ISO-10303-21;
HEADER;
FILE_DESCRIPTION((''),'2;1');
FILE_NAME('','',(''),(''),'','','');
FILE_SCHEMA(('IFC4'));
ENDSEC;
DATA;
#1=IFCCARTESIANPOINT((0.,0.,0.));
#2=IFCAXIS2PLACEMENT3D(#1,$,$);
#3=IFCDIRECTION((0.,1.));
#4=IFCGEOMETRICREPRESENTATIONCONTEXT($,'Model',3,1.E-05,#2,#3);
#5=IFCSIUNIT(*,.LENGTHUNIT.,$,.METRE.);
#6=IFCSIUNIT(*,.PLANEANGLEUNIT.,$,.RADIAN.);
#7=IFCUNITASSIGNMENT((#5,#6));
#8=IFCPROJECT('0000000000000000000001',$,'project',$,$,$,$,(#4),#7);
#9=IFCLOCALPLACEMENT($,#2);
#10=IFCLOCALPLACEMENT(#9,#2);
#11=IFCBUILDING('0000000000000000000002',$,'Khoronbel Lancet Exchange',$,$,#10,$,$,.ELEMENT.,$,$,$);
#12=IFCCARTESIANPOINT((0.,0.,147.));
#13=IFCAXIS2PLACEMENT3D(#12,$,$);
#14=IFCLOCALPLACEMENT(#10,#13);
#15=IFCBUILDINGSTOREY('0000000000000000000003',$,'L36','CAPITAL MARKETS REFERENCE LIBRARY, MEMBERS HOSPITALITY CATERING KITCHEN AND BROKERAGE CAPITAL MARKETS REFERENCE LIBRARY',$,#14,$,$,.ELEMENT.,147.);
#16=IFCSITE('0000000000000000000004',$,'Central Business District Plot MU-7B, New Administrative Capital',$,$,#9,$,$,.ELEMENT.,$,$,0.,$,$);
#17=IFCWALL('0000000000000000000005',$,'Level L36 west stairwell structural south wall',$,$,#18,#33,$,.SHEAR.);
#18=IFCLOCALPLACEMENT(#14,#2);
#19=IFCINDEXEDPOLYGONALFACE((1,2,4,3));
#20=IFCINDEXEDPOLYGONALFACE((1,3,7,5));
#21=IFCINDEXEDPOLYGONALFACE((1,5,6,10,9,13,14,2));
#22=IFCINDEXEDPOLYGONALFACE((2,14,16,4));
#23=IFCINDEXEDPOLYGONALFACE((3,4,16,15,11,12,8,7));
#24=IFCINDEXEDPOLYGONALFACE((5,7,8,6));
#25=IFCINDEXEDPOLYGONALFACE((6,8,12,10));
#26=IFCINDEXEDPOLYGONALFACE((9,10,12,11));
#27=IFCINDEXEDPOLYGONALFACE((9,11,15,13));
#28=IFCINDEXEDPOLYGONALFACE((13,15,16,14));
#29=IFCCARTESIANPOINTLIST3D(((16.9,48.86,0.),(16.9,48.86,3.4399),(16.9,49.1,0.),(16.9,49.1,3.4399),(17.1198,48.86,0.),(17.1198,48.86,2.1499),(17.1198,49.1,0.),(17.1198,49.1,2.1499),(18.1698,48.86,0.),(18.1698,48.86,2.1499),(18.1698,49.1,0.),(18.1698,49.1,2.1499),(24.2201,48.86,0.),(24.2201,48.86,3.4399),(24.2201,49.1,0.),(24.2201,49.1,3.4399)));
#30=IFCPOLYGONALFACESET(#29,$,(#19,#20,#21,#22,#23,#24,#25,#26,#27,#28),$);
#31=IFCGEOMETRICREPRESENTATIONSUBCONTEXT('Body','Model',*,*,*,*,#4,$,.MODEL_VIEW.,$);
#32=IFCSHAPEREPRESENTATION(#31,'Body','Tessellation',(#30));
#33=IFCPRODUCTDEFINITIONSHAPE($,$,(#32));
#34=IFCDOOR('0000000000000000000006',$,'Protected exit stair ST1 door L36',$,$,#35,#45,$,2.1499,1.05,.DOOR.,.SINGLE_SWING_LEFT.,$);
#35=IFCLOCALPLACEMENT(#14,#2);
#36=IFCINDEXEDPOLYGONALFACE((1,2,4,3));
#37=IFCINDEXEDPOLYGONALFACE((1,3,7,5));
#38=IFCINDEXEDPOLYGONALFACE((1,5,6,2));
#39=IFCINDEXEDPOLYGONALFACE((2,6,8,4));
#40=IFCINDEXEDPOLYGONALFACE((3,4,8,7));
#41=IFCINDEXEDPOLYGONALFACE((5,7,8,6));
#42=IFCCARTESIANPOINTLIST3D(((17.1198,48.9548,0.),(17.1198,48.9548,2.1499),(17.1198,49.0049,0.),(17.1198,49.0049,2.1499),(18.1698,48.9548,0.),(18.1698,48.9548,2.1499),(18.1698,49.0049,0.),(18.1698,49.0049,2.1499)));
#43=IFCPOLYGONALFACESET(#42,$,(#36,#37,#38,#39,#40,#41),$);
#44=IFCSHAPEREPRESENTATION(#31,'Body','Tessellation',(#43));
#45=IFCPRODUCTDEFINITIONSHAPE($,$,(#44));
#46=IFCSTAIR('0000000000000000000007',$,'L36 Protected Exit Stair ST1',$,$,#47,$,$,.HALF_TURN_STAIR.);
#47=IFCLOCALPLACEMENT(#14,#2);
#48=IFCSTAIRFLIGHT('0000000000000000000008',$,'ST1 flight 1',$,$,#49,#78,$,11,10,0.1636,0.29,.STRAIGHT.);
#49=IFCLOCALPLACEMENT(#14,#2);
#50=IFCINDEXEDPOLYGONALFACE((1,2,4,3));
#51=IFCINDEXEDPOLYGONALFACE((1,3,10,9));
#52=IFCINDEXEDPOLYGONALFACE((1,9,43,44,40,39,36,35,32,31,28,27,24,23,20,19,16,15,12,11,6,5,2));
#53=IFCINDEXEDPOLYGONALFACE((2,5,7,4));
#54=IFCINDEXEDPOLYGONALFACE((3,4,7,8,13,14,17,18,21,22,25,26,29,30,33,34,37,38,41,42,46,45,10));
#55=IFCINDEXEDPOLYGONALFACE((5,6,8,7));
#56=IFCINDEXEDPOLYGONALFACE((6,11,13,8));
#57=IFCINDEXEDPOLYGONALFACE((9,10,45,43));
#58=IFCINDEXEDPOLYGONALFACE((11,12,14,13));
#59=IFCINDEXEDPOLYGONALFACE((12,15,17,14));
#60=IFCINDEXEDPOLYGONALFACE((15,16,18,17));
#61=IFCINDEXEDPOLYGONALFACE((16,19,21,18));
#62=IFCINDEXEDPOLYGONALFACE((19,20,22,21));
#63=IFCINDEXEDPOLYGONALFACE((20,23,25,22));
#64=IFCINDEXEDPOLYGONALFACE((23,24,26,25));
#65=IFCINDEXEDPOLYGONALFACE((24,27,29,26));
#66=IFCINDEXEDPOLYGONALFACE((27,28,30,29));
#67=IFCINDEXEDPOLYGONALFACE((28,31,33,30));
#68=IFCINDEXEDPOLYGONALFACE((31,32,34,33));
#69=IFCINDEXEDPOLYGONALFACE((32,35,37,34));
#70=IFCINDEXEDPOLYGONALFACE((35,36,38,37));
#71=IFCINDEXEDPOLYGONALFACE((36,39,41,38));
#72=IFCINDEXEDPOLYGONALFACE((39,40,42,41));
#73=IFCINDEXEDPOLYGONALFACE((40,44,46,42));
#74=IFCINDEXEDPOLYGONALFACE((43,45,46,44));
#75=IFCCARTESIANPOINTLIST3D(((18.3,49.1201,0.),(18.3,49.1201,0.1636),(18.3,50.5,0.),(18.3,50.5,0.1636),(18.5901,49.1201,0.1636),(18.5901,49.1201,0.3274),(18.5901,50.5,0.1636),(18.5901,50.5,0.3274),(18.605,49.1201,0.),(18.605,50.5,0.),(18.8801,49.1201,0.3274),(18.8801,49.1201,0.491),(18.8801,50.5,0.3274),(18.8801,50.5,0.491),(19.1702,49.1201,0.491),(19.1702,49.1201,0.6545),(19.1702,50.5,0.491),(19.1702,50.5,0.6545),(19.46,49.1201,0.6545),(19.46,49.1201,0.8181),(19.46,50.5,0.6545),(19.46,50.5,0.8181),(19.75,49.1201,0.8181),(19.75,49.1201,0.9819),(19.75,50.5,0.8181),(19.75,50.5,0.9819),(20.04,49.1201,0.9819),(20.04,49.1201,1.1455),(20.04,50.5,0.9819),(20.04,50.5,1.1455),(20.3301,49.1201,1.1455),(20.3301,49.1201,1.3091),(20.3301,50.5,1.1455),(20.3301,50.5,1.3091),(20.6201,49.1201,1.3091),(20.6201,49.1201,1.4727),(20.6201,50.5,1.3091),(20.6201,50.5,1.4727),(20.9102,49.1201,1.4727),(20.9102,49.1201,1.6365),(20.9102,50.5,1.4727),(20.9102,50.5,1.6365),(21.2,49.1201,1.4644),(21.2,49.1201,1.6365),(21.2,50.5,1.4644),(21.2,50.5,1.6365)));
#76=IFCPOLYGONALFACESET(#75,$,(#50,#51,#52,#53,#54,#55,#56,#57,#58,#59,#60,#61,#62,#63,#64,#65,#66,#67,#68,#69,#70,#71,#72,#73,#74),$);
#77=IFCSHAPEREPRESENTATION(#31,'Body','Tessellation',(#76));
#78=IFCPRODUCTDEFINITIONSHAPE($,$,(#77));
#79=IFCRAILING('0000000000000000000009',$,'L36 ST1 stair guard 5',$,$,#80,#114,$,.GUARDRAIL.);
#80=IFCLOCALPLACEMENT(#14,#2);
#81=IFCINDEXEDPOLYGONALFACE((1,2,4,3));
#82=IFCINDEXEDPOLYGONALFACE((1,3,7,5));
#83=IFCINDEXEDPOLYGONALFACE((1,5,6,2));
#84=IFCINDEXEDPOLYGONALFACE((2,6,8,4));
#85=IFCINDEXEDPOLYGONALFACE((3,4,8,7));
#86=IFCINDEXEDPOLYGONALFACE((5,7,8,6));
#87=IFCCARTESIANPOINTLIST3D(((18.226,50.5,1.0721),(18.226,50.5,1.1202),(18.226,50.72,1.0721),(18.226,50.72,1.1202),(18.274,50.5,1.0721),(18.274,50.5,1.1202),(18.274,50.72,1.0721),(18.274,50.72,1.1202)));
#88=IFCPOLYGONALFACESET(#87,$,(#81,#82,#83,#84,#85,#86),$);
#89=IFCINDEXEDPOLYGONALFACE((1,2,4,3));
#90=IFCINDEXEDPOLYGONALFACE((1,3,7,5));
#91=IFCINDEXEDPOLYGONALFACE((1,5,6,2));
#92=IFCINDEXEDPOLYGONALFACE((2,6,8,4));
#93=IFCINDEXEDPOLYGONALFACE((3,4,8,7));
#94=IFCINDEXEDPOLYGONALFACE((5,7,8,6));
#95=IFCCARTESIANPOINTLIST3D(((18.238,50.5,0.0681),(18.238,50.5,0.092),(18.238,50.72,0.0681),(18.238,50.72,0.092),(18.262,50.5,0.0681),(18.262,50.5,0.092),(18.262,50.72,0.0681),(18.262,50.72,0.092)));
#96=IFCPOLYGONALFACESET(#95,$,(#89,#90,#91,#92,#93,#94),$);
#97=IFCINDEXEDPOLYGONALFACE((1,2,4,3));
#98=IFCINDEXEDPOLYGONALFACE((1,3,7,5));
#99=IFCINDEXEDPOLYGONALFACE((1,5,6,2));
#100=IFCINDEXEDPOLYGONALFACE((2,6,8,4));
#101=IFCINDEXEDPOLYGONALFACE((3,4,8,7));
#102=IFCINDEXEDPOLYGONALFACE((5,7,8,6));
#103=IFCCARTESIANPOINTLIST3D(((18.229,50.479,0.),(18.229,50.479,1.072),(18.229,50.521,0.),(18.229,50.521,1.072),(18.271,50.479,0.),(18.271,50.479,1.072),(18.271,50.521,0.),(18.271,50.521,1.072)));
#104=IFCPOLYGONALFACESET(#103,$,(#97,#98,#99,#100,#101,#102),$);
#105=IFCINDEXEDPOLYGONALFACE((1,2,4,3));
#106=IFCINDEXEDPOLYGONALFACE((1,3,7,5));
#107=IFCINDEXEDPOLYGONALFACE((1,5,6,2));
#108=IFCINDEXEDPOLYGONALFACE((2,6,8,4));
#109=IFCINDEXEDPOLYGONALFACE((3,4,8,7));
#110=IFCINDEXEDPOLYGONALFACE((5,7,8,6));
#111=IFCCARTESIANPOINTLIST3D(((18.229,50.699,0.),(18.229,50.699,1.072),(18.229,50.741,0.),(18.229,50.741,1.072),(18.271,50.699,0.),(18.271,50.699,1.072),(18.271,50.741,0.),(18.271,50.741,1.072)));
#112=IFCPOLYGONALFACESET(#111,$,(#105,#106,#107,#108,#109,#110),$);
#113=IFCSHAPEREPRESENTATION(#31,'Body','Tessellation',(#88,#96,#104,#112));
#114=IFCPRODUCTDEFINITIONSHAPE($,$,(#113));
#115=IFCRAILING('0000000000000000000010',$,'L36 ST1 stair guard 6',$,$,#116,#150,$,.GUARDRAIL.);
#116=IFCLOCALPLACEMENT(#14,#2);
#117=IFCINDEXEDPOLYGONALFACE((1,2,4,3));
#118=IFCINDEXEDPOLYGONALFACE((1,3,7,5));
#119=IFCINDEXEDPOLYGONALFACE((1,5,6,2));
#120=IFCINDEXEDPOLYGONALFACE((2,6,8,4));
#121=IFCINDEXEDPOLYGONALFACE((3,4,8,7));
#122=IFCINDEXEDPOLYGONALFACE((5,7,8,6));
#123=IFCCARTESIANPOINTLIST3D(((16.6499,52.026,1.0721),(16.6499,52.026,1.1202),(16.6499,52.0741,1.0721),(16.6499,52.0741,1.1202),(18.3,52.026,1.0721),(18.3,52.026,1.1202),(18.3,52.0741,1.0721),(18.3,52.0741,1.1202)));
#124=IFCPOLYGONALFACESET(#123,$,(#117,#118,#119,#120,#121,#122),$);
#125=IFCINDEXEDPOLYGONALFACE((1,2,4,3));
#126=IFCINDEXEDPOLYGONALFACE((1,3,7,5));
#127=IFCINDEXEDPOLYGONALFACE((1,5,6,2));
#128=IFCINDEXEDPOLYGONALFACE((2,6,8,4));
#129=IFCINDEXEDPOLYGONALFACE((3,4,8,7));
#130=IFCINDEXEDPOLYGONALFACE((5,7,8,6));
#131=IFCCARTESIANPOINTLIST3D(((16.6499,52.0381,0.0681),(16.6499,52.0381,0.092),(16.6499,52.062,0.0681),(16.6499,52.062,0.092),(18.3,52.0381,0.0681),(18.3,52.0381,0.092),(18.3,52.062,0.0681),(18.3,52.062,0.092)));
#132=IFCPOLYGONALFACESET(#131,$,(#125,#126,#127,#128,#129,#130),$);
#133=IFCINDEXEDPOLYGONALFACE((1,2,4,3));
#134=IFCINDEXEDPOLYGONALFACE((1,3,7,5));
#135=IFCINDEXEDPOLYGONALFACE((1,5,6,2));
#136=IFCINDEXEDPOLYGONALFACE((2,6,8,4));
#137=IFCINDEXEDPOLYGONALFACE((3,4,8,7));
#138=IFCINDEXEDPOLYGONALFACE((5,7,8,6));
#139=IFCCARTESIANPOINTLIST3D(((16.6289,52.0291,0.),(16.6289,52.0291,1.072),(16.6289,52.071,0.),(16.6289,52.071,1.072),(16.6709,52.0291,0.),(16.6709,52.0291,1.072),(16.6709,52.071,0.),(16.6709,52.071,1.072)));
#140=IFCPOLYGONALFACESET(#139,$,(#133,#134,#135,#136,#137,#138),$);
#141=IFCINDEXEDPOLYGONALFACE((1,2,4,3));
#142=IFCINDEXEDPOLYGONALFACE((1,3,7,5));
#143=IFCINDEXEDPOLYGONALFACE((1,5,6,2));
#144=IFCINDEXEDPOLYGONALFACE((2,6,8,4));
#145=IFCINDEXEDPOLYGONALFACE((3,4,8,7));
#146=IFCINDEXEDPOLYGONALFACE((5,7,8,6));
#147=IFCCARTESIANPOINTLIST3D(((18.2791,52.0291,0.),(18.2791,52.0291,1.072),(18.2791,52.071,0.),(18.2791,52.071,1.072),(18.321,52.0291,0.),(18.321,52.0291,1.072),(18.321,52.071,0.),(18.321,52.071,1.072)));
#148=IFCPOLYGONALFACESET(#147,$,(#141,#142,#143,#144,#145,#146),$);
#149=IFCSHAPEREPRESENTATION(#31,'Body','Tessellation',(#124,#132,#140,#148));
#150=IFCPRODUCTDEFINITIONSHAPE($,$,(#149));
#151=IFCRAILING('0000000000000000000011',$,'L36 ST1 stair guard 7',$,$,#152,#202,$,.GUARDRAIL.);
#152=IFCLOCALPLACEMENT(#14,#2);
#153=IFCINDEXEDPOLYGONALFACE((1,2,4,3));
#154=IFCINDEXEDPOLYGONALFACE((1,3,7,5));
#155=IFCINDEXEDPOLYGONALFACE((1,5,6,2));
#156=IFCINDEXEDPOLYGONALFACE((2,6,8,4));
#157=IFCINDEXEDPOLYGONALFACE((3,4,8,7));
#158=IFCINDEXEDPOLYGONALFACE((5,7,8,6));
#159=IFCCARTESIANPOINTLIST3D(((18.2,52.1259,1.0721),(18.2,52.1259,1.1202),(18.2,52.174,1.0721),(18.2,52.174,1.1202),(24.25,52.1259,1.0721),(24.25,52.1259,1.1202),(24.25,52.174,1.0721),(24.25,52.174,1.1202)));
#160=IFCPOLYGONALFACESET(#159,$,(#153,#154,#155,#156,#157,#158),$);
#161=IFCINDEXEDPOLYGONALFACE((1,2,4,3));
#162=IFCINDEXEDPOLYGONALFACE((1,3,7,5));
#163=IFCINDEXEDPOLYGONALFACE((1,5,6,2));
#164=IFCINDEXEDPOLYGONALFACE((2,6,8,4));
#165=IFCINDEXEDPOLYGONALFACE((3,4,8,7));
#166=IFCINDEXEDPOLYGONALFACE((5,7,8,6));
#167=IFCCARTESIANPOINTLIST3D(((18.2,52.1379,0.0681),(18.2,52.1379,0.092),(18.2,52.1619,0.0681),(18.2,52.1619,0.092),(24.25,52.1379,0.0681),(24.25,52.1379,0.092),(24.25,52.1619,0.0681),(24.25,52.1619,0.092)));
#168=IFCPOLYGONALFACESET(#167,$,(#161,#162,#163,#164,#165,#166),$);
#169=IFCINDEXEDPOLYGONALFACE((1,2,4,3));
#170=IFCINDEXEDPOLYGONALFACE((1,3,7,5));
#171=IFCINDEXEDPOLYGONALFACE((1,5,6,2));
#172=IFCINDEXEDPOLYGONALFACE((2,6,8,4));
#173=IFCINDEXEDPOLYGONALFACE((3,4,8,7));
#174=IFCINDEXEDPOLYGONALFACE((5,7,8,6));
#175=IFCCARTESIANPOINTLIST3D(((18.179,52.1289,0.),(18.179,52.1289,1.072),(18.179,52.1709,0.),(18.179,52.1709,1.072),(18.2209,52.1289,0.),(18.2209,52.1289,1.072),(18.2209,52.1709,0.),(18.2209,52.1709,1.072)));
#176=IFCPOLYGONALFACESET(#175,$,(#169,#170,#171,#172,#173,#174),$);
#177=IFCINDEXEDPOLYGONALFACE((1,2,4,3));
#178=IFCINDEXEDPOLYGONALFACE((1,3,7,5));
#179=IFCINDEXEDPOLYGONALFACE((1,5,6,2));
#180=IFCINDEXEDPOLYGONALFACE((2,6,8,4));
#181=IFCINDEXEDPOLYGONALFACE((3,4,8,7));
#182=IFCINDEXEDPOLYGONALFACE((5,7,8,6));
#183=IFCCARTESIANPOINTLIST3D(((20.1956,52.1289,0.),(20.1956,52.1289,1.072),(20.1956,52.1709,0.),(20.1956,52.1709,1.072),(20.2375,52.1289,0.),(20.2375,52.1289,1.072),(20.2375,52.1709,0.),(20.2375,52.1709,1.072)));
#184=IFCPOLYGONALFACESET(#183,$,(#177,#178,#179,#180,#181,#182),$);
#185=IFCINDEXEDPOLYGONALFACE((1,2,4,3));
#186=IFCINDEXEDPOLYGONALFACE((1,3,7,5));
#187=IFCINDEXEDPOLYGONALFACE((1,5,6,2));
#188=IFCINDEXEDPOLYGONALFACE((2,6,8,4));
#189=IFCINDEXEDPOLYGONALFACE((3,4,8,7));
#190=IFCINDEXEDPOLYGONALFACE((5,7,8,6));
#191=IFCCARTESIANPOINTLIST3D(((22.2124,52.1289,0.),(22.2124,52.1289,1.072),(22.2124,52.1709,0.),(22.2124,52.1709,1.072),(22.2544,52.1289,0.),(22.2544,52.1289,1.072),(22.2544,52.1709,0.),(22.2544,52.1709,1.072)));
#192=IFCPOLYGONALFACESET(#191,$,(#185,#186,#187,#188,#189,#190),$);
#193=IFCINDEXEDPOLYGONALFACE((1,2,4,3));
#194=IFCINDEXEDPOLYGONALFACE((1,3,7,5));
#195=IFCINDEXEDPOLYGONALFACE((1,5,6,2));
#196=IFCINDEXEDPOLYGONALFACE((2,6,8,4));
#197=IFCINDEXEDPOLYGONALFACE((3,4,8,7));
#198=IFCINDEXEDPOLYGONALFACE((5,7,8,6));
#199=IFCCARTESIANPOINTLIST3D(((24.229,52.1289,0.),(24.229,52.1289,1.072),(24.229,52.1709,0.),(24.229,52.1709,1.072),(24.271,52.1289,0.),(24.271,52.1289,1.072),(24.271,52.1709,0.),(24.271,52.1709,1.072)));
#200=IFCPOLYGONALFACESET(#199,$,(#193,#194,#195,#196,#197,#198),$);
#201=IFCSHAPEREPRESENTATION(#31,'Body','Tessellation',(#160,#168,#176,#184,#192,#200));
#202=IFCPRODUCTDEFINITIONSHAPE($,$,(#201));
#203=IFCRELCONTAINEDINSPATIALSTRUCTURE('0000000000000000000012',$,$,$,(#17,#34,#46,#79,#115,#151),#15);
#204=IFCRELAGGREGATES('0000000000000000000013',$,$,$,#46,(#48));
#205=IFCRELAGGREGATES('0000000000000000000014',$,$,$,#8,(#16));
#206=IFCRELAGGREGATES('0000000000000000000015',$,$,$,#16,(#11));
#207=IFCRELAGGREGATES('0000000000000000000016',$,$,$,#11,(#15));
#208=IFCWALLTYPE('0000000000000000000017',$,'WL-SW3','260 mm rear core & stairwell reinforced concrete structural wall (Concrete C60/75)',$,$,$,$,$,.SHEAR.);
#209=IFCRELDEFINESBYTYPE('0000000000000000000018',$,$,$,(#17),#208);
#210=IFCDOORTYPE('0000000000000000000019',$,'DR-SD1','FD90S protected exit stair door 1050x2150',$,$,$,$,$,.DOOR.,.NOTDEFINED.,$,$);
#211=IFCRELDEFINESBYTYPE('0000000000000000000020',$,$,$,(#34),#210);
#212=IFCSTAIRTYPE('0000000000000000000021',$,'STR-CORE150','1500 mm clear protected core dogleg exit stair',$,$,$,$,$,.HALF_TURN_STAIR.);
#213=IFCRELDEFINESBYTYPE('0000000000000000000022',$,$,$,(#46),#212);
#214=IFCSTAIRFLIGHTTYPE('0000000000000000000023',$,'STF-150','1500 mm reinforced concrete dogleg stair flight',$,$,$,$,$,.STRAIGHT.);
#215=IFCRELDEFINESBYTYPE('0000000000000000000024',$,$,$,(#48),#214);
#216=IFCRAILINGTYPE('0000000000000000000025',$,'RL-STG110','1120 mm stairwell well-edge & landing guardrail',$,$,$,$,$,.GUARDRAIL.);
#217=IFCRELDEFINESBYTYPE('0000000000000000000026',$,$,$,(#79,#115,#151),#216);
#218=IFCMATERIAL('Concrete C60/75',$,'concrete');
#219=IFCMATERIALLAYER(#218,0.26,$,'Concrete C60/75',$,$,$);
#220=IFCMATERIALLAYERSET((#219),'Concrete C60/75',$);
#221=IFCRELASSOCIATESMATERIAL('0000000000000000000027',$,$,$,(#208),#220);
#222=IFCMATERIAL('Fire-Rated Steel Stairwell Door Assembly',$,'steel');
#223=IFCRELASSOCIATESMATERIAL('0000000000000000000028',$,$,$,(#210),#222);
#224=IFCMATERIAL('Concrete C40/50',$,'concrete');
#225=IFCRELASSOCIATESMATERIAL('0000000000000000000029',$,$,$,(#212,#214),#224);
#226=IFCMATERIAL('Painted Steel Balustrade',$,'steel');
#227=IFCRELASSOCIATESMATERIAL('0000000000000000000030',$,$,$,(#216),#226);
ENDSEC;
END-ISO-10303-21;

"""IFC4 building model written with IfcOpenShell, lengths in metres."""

from ifc_helpers import new_model, si_unit, direction, frame, frame_2d, origin, origin_2d, place, context, subcontext, project, spatial, polyline, rectangle, outline, extrude, material, layer, layer_set, type_object, element, fill, aggregate, save


model = new_model("IFC4")

# Units and contexts
model_context = context("Model", 3, precision=1e-05, world=origin(), true_north=direction((0.0, 1.0)))
body_context = subcontext(model_context, "Body", "Model", "MODEL_VIEW")
ifc_project = project(units=[si_unit("LENGTHUNIT", "METRE"), si_unit("PLANEANGLEUNIT", "RADIAN")], contexts=[model_context])

# Site, building, storey
site_placement = place(None, origin())
site = spatial("IfcSite", under=ifc_project, at=site_placement, Name="Central Business District Plot MU-7B, New Administrative Capital", CompositionType="ELEMENT", RefElevation=0.0)
building_placement = place(site_placement, origin())
building = spatial("IfcBuilding", under=site, at=building_placement, Name="Khoronbel Lancet Exchange", CompositionType="ELEMENT")
storey_placement = place(building_placement, frame((0.0, 0.0, 147.0)))
storey = spatial("IfcBuildingStorey", under=building, at=storey_placement, Name="L36", Description="CAPITAL MARKETS REFERENCE LIBRARY, MEMBERS HOSPITALITY CATERING KITCHEN AND BROKERAGE CAPITAL MARKETS REFERENCE LIBRARY", CompositionType="ELEMENT", Elevation=147.0)

# Wall, opening, door
ifc_material_1 = material(Name="Concrete C60/75", Category="concrete")
ifc_layer_1 = layer(ifc_material_1, 0.26, Name="Concrete C60/75")
ifc_layer_set_1 = layer_set([ifc_layer_1], Name="Concrete C60/75")
wall_type_1 = type_object("IfcWallType", Name="WL-SW3", Description="260 mm rear core & stairwell reinforced concrete structural wall (Concrete C60/75)", PredefinedType="SHEAR", material=ifc_layer_set_1)
wall_1_placement = place(storey_placement, frame((16.8999, 48.98, 0.0), z_axis=(0.0, 0.0, 1.0), x_axis=(1.0, 0.0, 0.0)))
wall_1 = element("IfcWall", 1, at=wall_1_placement, inside=storey, type_object=wall_type_1, Name="Level L36 west stairwell structural south wall", PredefinedType="SHEAR", context=body_context, shape_type="SweptSolid", body=[
    extrude(rectangle(XDim=7.3201, YDim=0.24, at=frame_2d((3.6602, 0.0))), origin(), (0.0, 0.0, 1.0), 3.4399),
])
opening_placement = place(wall_1_placement, frame((0.22, 0.0, 0.0)))
opening = element("IfcOpeningElement", 2, at=opening_placement, cuts=wall_1, PredefinedType="OPENING", context=body_context, shape_type="SweptSolid", body=[
    extrude(rectangle(XDim=1.05, YDim=2.1499, at=frame_2d((0.5249, 1.075))), frame((0.0, 0.1299, 0.0), z_axis=(0.0, -1.0, 0.0), x_axis=(1.0, 0.0, 0.0)), (0.0, 0.0, 1.0), 0.26),
])
ifc_material_2 = material(Name="Fire-Rated Steel Stairwell Door Assembly", Category="steel")
door_type = type_object("IfcDoorType", Name="DR-SD1", Description="FD90S protected exit stair door 1050x2150", OperationType="NOTDEFINED", PredefinedType="DOOR", material=ifc_material_2)
door_placement = place(opening_placement, origin())
door = element("IfcDoor", 3, at=door_placement, inside=storey, type_object=door_type, Name="Protected exit stair ST1 door L36", OperationType="SINGLE_SWING_LEFT", OverallHeight=2.1499, OverallWidth=1.05, PredefinedType="DOOR", context=body_context, shape_type="SweptSolid", body=[
    extrude(rectangle(XDim=1.05, YDim=2.1499, at=frame_2d((0.5249, 1.075))), frame((0.0, 0.0249, 0.0), z_axis=(0.0, -1.0, 0.0), x_axis=(1.0, 0.0, 0.0)), (0.0, 0.0, 1.0), 0.05),
])
fill(opening, door)

# Stair, stair flight
ifc_material_3 = material(Name="Concrete C40/50", Category="concrete")
stair_type = type_object("IfcStairType", Name="STR-CORE150", Description="1500 mm clear protected core dogleg exit stair", PredefinedType="HALF_TURN_STAIR", material=ifc_material_3)
stair_placement = place(storey_placement, origin())
stair = element("IfcStair", 4, at=stair_placement, inside=storey, type_object=stair_type, Name="L36 Protected Exit Stair ST1", PredefinedType="HALF_TURN_STAIR")
stair_flight_type = type_object("IfcStairFlightType", Name="STF-150", Description="1500 mm reinforced concrete dogleg stair flight", PredefinedType="STRAIGHT", material=ifc_material_3)
stair_flight_placement = place(storey_placement, frame((18.3, 49.8101, 0.0), z_axis=(0.0, 0.0, 1.0), x_axis=(1.0, 0.0, 0.0)))
stair_flight = element("IfcStairFlight", 5, at=stair_flight_placement, type_object=stair_flight_type, Name="ST1 flight 1", NumberOfRisers=11, NumberOfTreads=10, PredefinedType="STRAIGHT", RiserHeight=0.1636, TreadLength=0.29, context=body_context, shape_type="SweptSolid", body=[
    extrude(outline(polyline([(0.0, 0.0), (0.0, 0.1636), (0.29, 0.1636), (0.29, 0.3274), (0.5801, 0.3274), (0.5801, 0.491), (0.8701, 0.491), (0.8701, 0.6545), (1.1599, 0.6545), (1.1599, 0.8181), (1.45, 0.8181), (1.45, 0.9819), (1.74, 0.9819), (1.74, 1.1455), (2.03, 1.1455), (2.03, 1.3091), (2.3201, 1.3091), (2.3201, 1.4727), (2.6101, 1.4727), (2.6101, 1.6365), (2.8999, 1.6365), (2.8999, 1.8), (2.8999, 1.4644), (0.3049, 0.0), (0.0, 0.0)])), frame((0.0, 0.6899, 0.0), z_axis=(0.0, -1.0, 0.0), x_axis=(1.0, 0.0, 0.0)), (0.0, 0.0, 1.0), 1.3799),
])
aggregate(stair, [stair_flight])

# Railings
ifc_material_4 = material(Name="Painted Steel Balustrade", Category="steel")
railing_type_1 = type_object("IfcRailingType", Name="RL-STG110", Description="1120 mm stairwell well-edge & landing guardrail", PredefinedType="GUARDRAIL", material=ifc_material_4)
railing_1_placement = place(storey_placement, frame((18.25, 50.5, 0.0)))
element("IfcRailing", 6, at=railing_1_placement, inside=storey, type_object=railing_type_1, Name="L36 ST1 stair guard 5", PredefinedType="GUARDRAIL", context=body_context, shape_type="SweptSolid", body=[
    extrude(rectangle(XDim=0.0481, YDim=0.0481, at=origin_2d()), frame((0.0, 0.0, 1.0962), z_axis=(0.0, 1.0, 0.0), x_axis=(-1.0, 0.0, 0.0)), (0.0, 0.0, 1.0), 0.22),
    extrude(rectangle(XDim=0.0239, YDim=0.0239, at=origin_2d()), frame((0.0, 0.0, 0.0801), z_axis=(0.0, 1.0, 0.0), x_axis=(-1.0, 0.0, 0.0)), (0.0, 0.0, 1.0), 0.22),
    extrude(rectangle(XDim=0.042, YDim=0.042, at=origin_2d()), origin(), (0.0, 0.0, 1.0), 1.072),
    extrude(rectangle(XDim=0.042, YDim=0.042, at=origin_2d()), frame((0.0, 0.22, 0.0)), (0.0, 0.0, 1.0), 1.072),
])
railing_2_placement = place(storey_placement, frame((16.6499, 52.05, 0.0)))
element("IfcRailing", 7, at=railing_2_placement, inside=storey, type_object=railing_type_1, Name="L36 ST1 stair guard 6", PredefinedType="GUARDRAIL", context=body_context, shape_type="SweptSolid", body=[
    extrude(rectangle(XDim=0.0481, YDim=0.0481, at=origin_2d()), frame((0.0, 0.0, 1.0962), z_axis=(1.0, 0.0, 0.0), x_axis=(0.0, 1.0, 0.0)), (0.0, 0.0, 1.0), 1.6501),
    extrude(rectangle(XDim=0.0239, YDim=0.0239, at=origin_2d()), frame((0.0, 0.0, 0.0801), z_axis=(1.0, 0.0, 0.0), x_axis=(0.0, 1.0, 0.0)), (0.0, 0.0, 1.0), 1.6501),
    extrude(rectangle(XDim=0.042, YDim=0.042, at=origin_2d()), origin(), (0.0, 0.0, 1.0), 1.072),
    extrude(rectangle(XDim=0.042, YDim=0.042, at=origin_2d()), frame((1.6501, 0.0, 0.0)), (0.0, 0.0, 1.0), 1.072),
])
railing_3_placement = place(storey_placement, frame((18.2, 52.1499, 0.0)))
element("IfcRailing", 8, at=railing_3_placement, inside=storey, type_object=railing_type_1, Name="L36 ST1 stair guard 7", PredefinedType="GUARDRAIL", context=body_context, shape_type="SweptSolid", body=[
    extrude(rectangle(XDim=0.0481, YDim=0.0481, at=origin_2d()), frame((0.0, 0.0, 1.0962), z_axis=(1.0, 0.0, 0.0), x_axis=(0.0, 1.0, 0.0)), (0.0, 0.0, 1.0), 6.05),
    extrude(rectangle(XDim=0.0239, YDim=0.0239, at=origin_2d()), frame((0.0, 0.0, 0.0801), z_axis=(1.0, 0.0, 0.0), x_axis=(0.0, 1.0, 0.0)), (0.0, 0.0, 1.0), 6.05),
    extrude(rectangle(XDim=0.042, YDim=0.042, at=origin_2d()), origin(), (0.0, 0.0, 1.0), 1.072),
    extrude(rectangle(XDim=0.042, YDim=0.042, at=origin_2d()), frame((2.0166, 0.0, 0.0)), (0.0, 0.0, 1.0), 1.072),
    extrude(rectangle(XDim=0.042, YDim=0.042, at=origin_2d()), frame((4.0334, 0.0, 0.0)), (0.0, 0.0, 1.0), 1.072),
    extrude(rectangle(XDim=0.042, YDim=0.042, at=origin_2d()), frame((6.05, 0.0, 0.0)), (0.0, 0.0, 1.0), 1.072),
])

save(model, "model.ifc")
